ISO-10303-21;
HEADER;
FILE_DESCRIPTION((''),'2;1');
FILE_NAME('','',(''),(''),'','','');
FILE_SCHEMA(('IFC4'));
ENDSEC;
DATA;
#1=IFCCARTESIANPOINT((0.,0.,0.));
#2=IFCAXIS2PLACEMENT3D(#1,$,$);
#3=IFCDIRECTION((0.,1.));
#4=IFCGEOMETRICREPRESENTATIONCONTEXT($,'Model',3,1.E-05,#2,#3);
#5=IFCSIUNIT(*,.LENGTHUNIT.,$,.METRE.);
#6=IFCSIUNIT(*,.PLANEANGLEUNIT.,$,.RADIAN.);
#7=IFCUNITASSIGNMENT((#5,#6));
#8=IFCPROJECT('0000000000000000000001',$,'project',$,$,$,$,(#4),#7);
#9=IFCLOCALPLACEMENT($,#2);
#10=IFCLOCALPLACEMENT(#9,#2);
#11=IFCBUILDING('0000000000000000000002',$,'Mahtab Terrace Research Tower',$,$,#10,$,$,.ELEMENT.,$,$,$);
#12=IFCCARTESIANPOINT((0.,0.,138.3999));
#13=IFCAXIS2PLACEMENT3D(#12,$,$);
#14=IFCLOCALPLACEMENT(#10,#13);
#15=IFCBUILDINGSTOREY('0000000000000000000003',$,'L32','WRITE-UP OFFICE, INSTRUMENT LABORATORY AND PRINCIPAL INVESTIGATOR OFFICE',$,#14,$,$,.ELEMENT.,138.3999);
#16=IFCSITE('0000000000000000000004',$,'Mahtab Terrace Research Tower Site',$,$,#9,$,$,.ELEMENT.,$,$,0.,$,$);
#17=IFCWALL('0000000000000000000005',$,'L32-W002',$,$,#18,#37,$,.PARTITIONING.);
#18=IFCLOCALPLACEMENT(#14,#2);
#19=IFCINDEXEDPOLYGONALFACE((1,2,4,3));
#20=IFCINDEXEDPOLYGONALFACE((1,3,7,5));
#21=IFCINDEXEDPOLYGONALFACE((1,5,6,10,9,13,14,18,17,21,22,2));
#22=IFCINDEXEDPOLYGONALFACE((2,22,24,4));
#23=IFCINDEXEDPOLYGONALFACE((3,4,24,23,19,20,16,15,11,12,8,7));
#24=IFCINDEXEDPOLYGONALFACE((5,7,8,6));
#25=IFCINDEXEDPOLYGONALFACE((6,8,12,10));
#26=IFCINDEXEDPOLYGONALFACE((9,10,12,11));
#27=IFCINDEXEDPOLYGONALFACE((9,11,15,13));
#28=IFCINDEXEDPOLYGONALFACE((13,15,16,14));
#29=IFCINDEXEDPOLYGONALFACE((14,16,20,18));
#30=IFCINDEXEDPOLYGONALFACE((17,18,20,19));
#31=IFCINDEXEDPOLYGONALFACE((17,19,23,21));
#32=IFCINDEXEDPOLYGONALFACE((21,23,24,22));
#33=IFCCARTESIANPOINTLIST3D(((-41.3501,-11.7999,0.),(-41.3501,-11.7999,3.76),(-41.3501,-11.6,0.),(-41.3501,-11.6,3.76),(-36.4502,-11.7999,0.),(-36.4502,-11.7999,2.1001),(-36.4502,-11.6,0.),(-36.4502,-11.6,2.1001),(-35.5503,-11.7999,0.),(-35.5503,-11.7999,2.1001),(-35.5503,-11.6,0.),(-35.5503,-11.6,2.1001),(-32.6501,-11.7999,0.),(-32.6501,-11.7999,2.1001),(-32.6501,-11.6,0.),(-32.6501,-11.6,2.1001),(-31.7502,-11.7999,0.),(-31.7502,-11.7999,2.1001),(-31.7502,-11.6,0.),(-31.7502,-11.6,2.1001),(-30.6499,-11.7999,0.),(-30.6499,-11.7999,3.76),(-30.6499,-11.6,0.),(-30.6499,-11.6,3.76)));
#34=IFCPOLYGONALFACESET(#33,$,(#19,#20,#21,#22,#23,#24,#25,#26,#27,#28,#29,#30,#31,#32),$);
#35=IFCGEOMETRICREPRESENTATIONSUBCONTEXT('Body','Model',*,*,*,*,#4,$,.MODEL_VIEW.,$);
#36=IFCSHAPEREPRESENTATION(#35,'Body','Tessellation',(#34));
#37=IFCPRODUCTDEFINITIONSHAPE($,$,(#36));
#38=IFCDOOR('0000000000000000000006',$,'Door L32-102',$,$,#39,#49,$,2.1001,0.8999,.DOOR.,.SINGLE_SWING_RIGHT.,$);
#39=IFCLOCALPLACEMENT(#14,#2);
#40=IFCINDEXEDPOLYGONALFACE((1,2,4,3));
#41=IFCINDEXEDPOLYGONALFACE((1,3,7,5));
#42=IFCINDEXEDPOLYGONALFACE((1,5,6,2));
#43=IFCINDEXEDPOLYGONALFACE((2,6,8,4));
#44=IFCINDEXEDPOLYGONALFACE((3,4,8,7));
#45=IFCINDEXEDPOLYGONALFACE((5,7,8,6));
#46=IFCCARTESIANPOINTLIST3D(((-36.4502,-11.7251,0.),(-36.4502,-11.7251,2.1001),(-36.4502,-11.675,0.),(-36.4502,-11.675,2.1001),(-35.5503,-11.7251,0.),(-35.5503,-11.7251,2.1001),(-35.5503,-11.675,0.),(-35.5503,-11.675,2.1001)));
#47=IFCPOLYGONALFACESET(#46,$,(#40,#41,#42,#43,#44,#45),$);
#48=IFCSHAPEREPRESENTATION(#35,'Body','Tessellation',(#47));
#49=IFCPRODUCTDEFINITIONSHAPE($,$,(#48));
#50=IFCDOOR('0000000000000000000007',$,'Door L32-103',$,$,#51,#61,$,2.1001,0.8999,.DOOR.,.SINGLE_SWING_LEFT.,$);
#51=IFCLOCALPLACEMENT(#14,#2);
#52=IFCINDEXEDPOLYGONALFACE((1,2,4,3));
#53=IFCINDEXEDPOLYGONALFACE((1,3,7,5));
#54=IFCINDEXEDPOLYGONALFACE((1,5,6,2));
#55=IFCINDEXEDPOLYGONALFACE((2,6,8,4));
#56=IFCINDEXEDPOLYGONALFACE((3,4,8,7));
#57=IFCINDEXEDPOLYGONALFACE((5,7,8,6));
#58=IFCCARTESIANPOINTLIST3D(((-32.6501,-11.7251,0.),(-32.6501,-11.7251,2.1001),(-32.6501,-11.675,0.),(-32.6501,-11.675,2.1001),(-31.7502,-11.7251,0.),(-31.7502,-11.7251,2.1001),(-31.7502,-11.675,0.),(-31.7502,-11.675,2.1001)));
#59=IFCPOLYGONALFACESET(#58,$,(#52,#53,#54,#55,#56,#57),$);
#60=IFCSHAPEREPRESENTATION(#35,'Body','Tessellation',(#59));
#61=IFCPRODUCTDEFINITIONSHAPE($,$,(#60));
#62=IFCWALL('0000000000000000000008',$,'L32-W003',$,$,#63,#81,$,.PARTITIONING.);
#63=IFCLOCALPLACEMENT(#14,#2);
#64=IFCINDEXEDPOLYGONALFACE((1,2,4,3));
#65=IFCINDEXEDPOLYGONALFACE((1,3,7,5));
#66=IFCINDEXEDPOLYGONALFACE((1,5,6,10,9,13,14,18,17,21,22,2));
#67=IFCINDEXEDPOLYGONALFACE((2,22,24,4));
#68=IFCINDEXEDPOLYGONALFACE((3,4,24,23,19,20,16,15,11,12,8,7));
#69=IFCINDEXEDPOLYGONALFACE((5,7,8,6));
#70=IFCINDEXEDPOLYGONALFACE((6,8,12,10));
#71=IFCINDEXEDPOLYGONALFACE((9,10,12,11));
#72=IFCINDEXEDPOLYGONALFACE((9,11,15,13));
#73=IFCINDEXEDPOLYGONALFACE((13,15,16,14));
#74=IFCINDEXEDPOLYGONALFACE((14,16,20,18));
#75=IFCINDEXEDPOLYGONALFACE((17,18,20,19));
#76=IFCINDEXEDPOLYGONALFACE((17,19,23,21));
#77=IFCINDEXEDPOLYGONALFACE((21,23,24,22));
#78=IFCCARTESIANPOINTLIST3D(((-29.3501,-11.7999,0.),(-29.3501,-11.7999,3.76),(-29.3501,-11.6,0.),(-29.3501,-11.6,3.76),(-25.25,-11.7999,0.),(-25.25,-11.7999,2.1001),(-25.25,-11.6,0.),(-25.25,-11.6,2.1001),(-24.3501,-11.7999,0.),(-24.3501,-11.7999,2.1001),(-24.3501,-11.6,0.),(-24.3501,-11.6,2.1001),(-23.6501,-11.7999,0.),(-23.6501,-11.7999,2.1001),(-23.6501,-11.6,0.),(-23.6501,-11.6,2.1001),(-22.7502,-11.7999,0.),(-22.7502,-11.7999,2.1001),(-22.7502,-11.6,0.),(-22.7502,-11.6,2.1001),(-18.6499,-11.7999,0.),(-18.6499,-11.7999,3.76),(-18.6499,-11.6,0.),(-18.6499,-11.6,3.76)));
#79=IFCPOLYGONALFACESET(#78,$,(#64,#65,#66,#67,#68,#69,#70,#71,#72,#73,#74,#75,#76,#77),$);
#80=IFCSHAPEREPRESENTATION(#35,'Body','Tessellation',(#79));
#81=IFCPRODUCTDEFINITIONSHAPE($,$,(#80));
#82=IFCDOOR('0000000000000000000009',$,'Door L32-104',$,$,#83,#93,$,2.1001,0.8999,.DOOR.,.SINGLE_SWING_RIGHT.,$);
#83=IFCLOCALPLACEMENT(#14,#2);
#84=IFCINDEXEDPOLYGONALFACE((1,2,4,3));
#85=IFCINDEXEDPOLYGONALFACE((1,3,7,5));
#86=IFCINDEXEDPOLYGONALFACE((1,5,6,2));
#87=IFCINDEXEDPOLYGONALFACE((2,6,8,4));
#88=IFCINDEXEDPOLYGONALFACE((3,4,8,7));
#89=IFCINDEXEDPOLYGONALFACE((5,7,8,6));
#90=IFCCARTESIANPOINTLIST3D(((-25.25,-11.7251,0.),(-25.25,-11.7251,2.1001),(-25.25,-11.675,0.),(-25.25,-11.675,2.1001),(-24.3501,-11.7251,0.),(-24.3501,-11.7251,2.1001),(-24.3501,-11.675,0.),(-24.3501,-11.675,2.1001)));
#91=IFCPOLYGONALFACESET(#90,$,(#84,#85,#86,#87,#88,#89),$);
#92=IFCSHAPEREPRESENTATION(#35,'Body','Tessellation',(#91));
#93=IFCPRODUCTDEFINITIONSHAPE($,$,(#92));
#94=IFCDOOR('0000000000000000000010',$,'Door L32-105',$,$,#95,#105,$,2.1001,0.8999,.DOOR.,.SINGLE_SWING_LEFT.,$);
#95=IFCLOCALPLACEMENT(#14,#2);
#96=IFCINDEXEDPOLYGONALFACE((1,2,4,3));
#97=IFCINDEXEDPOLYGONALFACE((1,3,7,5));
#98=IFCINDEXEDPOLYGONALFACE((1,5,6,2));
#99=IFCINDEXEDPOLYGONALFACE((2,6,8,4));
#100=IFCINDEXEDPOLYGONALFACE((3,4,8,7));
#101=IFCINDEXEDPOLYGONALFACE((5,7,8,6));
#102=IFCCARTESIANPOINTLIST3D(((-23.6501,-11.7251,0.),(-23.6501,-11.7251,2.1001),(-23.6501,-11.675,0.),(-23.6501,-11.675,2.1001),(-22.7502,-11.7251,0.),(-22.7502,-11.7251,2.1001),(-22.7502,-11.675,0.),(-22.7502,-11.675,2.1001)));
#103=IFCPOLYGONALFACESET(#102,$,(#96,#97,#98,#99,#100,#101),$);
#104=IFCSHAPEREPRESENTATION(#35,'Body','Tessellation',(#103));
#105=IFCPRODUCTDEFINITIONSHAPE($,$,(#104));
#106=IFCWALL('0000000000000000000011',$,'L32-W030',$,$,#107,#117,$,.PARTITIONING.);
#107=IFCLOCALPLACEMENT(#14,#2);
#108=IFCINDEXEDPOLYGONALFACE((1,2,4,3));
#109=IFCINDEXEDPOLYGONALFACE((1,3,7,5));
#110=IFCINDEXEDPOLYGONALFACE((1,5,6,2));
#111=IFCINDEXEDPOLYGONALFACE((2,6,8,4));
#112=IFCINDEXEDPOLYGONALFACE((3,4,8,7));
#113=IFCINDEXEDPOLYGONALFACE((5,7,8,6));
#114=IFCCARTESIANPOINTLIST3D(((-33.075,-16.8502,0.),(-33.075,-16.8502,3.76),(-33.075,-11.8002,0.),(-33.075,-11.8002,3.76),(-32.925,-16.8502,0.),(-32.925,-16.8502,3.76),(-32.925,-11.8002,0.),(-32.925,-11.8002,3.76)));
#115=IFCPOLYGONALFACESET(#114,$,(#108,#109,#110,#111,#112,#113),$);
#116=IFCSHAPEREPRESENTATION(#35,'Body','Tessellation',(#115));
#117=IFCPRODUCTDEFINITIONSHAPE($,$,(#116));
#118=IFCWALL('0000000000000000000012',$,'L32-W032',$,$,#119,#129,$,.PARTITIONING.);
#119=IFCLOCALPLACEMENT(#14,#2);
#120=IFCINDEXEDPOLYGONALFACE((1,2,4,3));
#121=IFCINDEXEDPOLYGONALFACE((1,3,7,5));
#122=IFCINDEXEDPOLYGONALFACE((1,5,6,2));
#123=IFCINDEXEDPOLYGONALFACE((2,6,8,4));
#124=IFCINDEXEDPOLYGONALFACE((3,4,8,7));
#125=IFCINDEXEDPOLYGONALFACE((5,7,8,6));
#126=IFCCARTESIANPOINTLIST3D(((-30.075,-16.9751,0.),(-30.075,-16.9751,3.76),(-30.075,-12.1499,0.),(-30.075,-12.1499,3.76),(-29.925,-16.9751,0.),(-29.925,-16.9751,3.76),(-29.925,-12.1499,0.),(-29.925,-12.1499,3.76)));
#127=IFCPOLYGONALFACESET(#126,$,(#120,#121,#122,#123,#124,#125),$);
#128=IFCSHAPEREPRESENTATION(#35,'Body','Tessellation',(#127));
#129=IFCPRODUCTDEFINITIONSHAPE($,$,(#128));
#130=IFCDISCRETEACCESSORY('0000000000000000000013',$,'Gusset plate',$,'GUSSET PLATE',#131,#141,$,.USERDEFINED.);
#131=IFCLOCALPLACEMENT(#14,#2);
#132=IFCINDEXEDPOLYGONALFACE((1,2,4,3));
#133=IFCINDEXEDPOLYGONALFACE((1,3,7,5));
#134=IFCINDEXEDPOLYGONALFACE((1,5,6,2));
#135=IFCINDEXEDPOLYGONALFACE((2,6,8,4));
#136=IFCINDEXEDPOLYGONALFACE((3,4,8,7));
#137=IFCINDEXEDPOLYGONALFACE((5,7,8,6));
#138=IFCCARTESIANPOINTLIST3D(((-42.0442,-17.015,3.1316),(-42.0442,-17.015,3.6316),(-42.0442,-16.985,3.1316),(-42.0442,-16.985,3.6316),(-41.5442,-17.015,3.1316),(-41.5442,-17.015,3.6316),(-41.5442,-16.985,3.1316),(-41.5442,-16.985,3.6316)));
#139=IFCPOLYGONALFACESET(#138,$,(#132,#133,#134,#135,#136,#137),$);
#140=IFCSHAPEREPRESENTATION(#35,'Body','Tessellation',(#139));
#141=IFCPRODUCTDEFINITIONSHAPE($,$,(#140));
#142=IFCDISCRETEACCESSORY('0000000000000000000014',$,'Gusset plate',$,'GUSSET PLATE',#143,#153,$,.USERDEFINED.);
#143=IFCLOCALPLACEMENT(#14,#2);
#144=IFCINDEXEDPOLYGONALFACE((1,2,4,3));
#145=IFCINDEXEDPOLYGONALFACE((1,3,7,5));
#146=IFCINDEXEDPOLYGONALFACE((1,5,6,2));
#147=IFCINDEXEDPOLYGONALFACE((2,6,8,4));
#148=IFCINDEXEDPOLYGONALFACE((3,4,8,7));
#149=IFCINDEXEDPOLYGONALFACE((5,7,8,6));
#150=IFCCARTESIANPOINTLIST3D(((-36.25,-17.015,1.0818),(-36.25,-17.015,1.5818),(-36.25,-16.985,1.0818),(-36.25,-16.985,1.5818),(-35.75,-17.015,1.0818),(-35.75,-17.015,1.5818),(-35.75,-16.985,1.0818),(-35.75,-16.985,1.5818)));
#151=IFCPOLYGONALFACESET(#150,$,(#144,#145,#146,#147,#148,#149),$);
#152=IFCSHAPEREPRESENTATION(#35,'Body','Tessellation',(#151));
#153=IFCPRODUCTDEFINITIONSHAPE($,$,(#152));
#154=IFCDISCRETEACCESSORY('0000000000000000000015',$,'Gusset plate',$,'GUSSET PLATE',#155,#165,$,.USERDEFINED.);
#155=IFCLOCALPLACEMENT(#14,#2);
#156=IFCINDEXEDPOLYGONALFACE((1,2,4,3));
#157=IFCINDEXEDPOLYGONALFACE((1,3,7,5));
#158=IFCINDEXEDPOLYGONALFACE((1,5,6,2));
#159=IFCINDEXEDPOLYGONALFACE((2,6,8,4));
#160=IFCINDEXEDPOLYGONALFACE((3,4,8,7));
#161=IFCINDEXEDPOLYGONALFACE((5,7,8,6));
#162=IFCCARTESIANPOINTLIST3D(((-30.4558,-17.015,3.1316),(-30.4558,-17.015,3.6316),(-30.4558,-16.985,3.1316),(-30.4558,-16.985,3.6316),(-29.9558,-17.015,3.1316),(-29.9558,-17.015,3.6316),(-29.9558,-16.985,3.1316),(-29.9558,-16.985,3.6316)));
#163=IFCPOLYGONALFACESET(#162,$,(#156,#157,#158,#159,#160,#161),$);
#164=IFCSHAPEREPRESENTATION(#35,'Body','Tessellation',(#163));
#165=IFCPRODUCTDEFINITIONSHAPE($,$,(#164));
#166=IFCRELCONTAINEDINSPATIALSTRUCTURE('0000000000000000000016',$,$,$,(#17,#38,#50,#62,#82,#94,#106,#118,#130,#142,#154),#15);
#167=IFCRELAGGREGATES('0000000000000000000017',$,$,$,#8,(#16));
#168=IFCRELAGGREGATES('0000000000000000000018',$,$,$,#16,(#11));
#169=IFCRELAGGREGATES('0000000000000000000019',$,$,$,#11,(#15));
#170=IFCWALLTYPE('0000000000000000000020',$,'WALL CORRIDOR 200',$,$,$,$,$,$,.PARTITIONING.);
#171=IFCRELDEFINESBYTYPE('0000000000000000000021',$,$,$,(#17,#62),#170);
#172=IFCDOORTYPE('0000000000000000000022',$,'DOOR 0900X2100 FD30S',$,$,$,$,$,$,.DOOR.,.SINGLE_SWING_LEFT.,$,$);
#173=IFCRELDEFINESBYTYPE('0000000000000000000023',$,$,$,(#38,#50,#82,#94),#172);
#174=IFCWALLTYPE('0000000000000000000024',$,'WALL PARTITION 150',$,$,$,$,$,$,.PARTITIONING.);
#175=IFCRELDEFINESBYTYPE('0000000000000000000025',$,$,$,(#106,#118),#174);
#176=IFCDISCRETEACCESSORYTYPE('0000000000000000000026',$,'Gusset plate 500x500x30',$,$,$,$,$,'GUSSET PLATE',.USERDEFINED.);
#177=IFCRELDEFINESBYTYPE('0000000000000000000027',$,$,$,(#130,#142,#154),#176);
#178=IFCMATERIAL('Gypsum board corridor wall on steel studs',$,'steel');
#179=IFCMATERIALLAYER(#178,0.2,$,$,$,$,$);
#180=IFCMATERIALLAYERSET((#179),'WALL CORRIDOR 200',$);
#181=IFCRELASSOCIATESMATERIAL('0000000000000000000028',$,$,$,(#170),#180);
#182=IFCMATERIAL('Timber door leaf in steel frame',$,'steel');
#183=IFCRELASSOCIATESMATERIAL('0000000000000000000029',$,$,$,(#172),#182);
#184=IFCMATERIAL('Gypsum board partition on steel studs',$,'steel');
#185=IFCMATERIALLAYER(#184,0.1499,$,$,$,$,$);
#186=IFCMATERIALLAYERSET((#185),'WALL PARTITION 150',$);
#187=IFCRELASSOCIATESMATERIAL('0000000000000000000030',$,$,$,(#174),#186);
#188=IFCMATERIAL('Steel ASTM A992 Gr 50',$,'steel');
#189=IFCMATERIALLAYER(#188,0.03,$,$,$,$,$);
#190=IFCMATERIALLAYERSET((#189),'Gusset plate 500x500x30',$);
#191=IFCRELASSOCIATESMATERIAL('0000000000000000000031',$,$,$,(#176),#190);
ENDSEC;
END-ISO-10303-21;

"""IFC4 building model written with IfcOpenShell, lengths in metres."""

from ifc_helpers import new_model, si_unit, direction, frame, frame_2d, origin, origin_2d, place, context, subcontext, project, spatial, rectangle, extrude, material, layer, layer_set, type_object, element, fill, save


model = new_model("IFC4")

# Units and contexts
model_context = context("Model", 3, precision=1e-05, world=origin(), true_north=direction((0.0, 1.0)))
body_context = subcontext(model_context, "Body", "Model", "MODEL_VIEW")
ifc_project = project(units=[si_unit("LENGTHUNIT", "METRE"), si_unit("PLANEANGLEUNIT", "RADIAN")], contexts=[model_context])

# Site, building, storey
site_placement = place(None, origin())
site = spatial("IfcSite", under=ifc_project, at=site_placement, Name="Mahtab Terrace Research Tower Site", CompositionType="ELEMENT", RefElevation=0.0)
building_placement = place(site_placement, origin())
building = spatial("IfcBuilding", under=site, at=building_placement, Name="Mahtab Terrace Research Tower", CompositionType="ELEMENT")
storey_placement = place(building_placement, frame((0.0, 0.0, 138.3999)))
storey = spatial("IfcBuildingStorey", under=building, at=storey_placement, Name="L32", Description="WRITE-UP OFFICE, INSTRUMENT LABORATORY AND PRINCIPAL INVESTIGATOR OFFICE", CompositionType="ELEMENT", Elevation=138.3999)

# Shared definitions
ifc_material_1 = material(Name="Steel ASTM A992 Gr 50", Category="steel")

# Walls, openings, doors
ifc_material_2 = material(Name="Gypsum board corridor wall on steel studs", Category="steel")
ifc_layer_1 = layer(ifc_material_2, 0.2)
ifc_layer_set_1 = layer_set([ifc_layer_1], Name="WALL CORRIDOR 200")
wall_type_1 = type_object("IfcWallType", Name="WALL CORRIDOR 200", PredefinedType="PARTITIONING", material=ifc_layer_set_1)
wall_1_placement = place(storey_placement, frame((-41.3501, -11.7, 0.0), z_axis=(0.0, 0.0, 1.0), x_axis=(1.0, 0.0, 0.0)))
wall_1 = element("IfcWall", 1, at=wall_1_placement, inside=storey, type_object=wall_type_1, Name="L32-W002", PredefinedType="PARTITIONING", context=body_context, shape_type="SweptSolid", body=[
    extrude(rectangle(XDim=10.7002, YDim=0.2, at=frame_2d((5.3501, 0.0))), origin(), (0.0, 0.0, 1.0), 3.76),
])
opening_1_placement = place(wall_1_placement, frame((4.8999, 0.0, 0.0)))
opening_1 = element("IfcOpeningElement", 2, at=opening_1_placement, cuts=wall_1, PredefinedType="OPENING", context=body_context, shape_type="SweptSolid", body=[
    extrude(rectangle(XDim=0.8999, YDim=2.1001, at=frame_2d((0.45, 1.05))), frame((0.0, 0.1099, 0.0), z_axis=(0.0, -1.0, 0.0), x_axis=(1.0, 0.0, 0.0)), (0.0, 0.0, 1.0), 0.22),
])
opening_2_placement = place(wall_1_placement, frame((8.7, 0.0, 0.0)))
opening_2 = element("IfcOpeningElement", 3, at=opening_2_placement, cuts=wall_1, PredefinedType="OPENING", context=body_context, shape_type="SweptSolid", body=[
    extrude(rectangle(XDim=0.8999, YDim=2.1001, at=frame_2d((0.45, 1.05))), frame((0.0, 0.1099, 0.0), z_axis=(0.0, -1.0, 0.0), x_axis=(1.0, 0.0, 0.0)), (0.0, 0.0, 1.0), 0.22),
])
ifc_material_3 = material(Name="Timber door leaf in steel frame", Category="steel")
door_type = type_object("IfcDoorType", Name="DOOR 0900X2100 FD30S", OperationType="SINGLE_SWING_LEFT", PredefinedType="DOOR", material=ifc_material_3)
door_1_placement = place(opening_1_placement, origin())
door_1 = element("IfcDoor", 4, at=door_1_placement, inside=storey, type_object=door_type, Name="Door L32-102", OperationType="SINGLE_SWING_RIGHT", OverallHeight=2.1001, OverallWidth=0.8999, PredefinedType="DOOR", context=body_context, shape_type="SweptSolid", body=[
    extrude(rectangle(XDim=0.8999, YDim=2.1001, at=frame_2d((0.45, 1.05))), frame((0.0, 0.0249, 0.0), z_axis=(0.0, -1.0, 0.0), x_axis=(1.0, 0.0, 0.0)), (0.0, 0.0, 1.0), 0.05),
])
fill(opening_1, door_1)
door_2_placement = place(opening_2_placement, origin())
door_2 = element("IfcDoor", 5, at=door_2_placement, inside=storey, type_object=door_type, Name="Door L32-103", OperationType="SINGLE_SWING_LEFT", OverallHeight=2.1001, OverallWidth=0.8999, PredefinedType="DOOR", context=body_context, shape_type="SweptSolid", body=[
    extrude(rectangle(XDim=0.8999, YDim=2.1001, at=frame_2d((0.45, 1.05))), frame((0.0, 0.0249, 0.0), z_axis=(0.0, -1.0, 0.0), x_axis=(1.0, 0.0, 0.0)), (0.0, 0.0, 1.0), 0.05),
])
fill(opening_2, door_2)
wall_2_placement = place(storey_placement, frame((-29.3501, -11.7, 0.0), z_axis=(0.0, 0.0, 1.0), x_axis=(1.0, 0.0, 0.0)))
wall_2 = element("IfcWall", 6, at=wall_2_placement, inside=storey, type_object=wall_type_1, Name="L32-W003", PredefinedType="PARTITIONING", context=body_context, shape_type="SweptSolid", body=[
    extrude(rectangle(XDim=10.7002, YDim=0.2, at=frame_2d((5.3501, 0.0))), origin(), (0.0, 0.0, 1.0), 3.76),
])
opening_3_placement = place(wall_2_placement, frame((4.1001, 0.0, 0.0)))
opening_3 = element("IfcOpeningElement", 7, at=opening_3_placement, cuts=wall_2, PredefinedType="OPENING", context=body_context, shape_type="SweptSolid", body=[
    extrude(rectangle(XDim=0.8999, YDim=2.1001, at=frame_2d((0.45, 1.05))), frame((0.0, 0.1099, 0.0), z_axis=(0.0, -1.0, 0.0), x_axis=(1.0, 0.0, 0.0)), (0.0, 0.0, 1.0), 0.22),
])
opening_4_placement = place(wall_2_placement, frame((5.7, 0.0, 0.0)))
opening_4 = element("IfcOpeningElement", 8, at=opening_4_placement, cuts=wall_2, PredefinedType="OPENING", context=body_context, shape_type="SweptSolid", body=[
    extrude(rectangle(XDim=0.8999, YDim=2.1001, at=frame_2d((0.45, 1.05))), frame((0.0, 0.1099, 0.0), z_axis=(0.0, -1.0, 0.0), x_axis=(1.0, 0.0, 0.0)), (0.0, 0.0, 1.0), 0.22),
])
door_3_placement = place(opening_3_placement, origin())
door_3 = element("IfcDoor", 9, at=door_3_placement, inside=storey, type_object=door_type, Name="Door L32-104", OperationType="SINGLE_SWING_RIGHT", OverallHeight=2.1001, OverallWidth=0.8999, PredefinedType="DOOR", context=body_context, shape_type="SweptSolid", body=[
    extrude(rectangle(XDim=0.8999, YDim=2.1001, at=frame_2d((0.45, 1.05))), frame((0.0, 0.0249, 0.0), z_axis=(0.0, -1.0, 0.0), x_axis=(1.0, 0.0, 0.0)), (0.0, 0.0, 1.0), 0.05),
])
fill(opening_3, door_3)
door_4_placement = place(opening_4_placement, origin())
door_4 = element("IfcDoor", 10, at=door_4_placement, inside=storey, type_object=door_type, Name="Door L32-105", OperationType="SINGLE_SWING_LEFT", OverallHeight=2.1001, OverallWidth=0.8999, PredefinedType="DOOR", context=body_context, shape_type="SweptSolid", body=[
    extrude(rectangle(XDim=0.8999, YDim=2.1001, at=frame_2d((0.45, 1.05))), frame((0.0, 0.0249, 0.0), z_axis=(0.0, -1.0, 0.0), x_axis=(1.0, 0.0, 0.0)), (0.0, 0.0, 1.0), 0.05),
])
fill(opening_4, door_4)

# Walls
ifc_material_4 = material(Name="Gypsum board partition on steel studs", Category="steel")
ifc_layer_2 = layer(ifc_material_4, 0.1499)
ifc_layer_set_2 = layer_set([ifc_layer_2], Name="WALL PARTITION 150")
wall_type_2 = type_object("IfcWallType", Name="WALL PARTITION 150", PredefinedType="PARTITIONING", material=ifc_layer_set_2)
wall_3_placement = place(storey_placement, frame((-33.0, -16.8501, 0.0), z_axis=(0.0, 0.0, 1.0), x_axis=(0.0, 1.0, 0.0)))
element("IfcWall", 11, at=wall_3_placement, inside=storey, type_object=wall_type_2, Name="L32-W030", PredefinedType="PARTITIONING", context=body_context, shape_type="SweptSolid", body=[
    extrude(rectangle(XDim=5.05, YDim=0.1499, at=frame_2d((2.5249, 0.0))), origin(), (0.0, 0.0, 1.0), 3.76),
])
wall_4_placement = place(storey_placement, frame((-30.0, -16.9751, 0.0), z_axis=(0.0, 0.0, 1.0), x_axis=(0.0, 1.0, 0.0)))
element("IfcWall", 12, at=wall_4_placement, inside=storey, type_object=wall_type_2, Name="L32-W032", PredefinedType="PARTITIONING", context=body_context, shape_type="SweptSolid", body=[
    extrude(rectangle(XDim=4.8252, YDim=0.1499, at=frame_2d((2.4126, 0.0))), origin(), (0.0, 0.0, 1.0), 3.76),
])

# Discrete accessories
ifc_layer_3 = layer(ifc_material_1, 0.03)
ifc_layer_set_3 = layer_set([ifc_layer_3], Name="Gusset plate 500x500x30")
discrete_accessory_type = type_object("IfcDiscreteAccessoryType", Name="Gusset plate 500x500x30", ElementType="GUSSET PLATE", PredefinedType="USERDEFINED", material=ifc_layer_set_3)
for number, where, z_axis, x_axis, name in (
    (13, (-41.7942, -17.0, 3.1316), (0.0, 0.0, 1.0), (1.0, 0.0, 0.0), "Gusset plate"),
    (14, (-36.0, -17.0, 1.0818), (0.0, 0.0, 1.0), (1.0, 0.0, 0.0), "Gusset plate"),
    (15, (-30.2058, -17.0, 3.1316), (0.0, 0.0, 1.0), (1.0, 0.0, 0.0), "Gusset plate"),
):
    element("IfcDiscreteAccessory", number, at=place(storey_placement, frame(where, z_axis=z_axis, x_axis=x_axis)), inside=storey, type_object=discrete_accessory_type, Name=name, ObjectType="GUSSET PLATE", PredefinedType="USERDEFINED", context=body_context, shape_type="SweptSolid", body=[
        extrude(rectangle(XDim=0.5, YDim=0.03, at=origin_2d()), origin(), (0.0, 0.0, 1.0), 0.5),
    ])

save(model, "model.ifc")
